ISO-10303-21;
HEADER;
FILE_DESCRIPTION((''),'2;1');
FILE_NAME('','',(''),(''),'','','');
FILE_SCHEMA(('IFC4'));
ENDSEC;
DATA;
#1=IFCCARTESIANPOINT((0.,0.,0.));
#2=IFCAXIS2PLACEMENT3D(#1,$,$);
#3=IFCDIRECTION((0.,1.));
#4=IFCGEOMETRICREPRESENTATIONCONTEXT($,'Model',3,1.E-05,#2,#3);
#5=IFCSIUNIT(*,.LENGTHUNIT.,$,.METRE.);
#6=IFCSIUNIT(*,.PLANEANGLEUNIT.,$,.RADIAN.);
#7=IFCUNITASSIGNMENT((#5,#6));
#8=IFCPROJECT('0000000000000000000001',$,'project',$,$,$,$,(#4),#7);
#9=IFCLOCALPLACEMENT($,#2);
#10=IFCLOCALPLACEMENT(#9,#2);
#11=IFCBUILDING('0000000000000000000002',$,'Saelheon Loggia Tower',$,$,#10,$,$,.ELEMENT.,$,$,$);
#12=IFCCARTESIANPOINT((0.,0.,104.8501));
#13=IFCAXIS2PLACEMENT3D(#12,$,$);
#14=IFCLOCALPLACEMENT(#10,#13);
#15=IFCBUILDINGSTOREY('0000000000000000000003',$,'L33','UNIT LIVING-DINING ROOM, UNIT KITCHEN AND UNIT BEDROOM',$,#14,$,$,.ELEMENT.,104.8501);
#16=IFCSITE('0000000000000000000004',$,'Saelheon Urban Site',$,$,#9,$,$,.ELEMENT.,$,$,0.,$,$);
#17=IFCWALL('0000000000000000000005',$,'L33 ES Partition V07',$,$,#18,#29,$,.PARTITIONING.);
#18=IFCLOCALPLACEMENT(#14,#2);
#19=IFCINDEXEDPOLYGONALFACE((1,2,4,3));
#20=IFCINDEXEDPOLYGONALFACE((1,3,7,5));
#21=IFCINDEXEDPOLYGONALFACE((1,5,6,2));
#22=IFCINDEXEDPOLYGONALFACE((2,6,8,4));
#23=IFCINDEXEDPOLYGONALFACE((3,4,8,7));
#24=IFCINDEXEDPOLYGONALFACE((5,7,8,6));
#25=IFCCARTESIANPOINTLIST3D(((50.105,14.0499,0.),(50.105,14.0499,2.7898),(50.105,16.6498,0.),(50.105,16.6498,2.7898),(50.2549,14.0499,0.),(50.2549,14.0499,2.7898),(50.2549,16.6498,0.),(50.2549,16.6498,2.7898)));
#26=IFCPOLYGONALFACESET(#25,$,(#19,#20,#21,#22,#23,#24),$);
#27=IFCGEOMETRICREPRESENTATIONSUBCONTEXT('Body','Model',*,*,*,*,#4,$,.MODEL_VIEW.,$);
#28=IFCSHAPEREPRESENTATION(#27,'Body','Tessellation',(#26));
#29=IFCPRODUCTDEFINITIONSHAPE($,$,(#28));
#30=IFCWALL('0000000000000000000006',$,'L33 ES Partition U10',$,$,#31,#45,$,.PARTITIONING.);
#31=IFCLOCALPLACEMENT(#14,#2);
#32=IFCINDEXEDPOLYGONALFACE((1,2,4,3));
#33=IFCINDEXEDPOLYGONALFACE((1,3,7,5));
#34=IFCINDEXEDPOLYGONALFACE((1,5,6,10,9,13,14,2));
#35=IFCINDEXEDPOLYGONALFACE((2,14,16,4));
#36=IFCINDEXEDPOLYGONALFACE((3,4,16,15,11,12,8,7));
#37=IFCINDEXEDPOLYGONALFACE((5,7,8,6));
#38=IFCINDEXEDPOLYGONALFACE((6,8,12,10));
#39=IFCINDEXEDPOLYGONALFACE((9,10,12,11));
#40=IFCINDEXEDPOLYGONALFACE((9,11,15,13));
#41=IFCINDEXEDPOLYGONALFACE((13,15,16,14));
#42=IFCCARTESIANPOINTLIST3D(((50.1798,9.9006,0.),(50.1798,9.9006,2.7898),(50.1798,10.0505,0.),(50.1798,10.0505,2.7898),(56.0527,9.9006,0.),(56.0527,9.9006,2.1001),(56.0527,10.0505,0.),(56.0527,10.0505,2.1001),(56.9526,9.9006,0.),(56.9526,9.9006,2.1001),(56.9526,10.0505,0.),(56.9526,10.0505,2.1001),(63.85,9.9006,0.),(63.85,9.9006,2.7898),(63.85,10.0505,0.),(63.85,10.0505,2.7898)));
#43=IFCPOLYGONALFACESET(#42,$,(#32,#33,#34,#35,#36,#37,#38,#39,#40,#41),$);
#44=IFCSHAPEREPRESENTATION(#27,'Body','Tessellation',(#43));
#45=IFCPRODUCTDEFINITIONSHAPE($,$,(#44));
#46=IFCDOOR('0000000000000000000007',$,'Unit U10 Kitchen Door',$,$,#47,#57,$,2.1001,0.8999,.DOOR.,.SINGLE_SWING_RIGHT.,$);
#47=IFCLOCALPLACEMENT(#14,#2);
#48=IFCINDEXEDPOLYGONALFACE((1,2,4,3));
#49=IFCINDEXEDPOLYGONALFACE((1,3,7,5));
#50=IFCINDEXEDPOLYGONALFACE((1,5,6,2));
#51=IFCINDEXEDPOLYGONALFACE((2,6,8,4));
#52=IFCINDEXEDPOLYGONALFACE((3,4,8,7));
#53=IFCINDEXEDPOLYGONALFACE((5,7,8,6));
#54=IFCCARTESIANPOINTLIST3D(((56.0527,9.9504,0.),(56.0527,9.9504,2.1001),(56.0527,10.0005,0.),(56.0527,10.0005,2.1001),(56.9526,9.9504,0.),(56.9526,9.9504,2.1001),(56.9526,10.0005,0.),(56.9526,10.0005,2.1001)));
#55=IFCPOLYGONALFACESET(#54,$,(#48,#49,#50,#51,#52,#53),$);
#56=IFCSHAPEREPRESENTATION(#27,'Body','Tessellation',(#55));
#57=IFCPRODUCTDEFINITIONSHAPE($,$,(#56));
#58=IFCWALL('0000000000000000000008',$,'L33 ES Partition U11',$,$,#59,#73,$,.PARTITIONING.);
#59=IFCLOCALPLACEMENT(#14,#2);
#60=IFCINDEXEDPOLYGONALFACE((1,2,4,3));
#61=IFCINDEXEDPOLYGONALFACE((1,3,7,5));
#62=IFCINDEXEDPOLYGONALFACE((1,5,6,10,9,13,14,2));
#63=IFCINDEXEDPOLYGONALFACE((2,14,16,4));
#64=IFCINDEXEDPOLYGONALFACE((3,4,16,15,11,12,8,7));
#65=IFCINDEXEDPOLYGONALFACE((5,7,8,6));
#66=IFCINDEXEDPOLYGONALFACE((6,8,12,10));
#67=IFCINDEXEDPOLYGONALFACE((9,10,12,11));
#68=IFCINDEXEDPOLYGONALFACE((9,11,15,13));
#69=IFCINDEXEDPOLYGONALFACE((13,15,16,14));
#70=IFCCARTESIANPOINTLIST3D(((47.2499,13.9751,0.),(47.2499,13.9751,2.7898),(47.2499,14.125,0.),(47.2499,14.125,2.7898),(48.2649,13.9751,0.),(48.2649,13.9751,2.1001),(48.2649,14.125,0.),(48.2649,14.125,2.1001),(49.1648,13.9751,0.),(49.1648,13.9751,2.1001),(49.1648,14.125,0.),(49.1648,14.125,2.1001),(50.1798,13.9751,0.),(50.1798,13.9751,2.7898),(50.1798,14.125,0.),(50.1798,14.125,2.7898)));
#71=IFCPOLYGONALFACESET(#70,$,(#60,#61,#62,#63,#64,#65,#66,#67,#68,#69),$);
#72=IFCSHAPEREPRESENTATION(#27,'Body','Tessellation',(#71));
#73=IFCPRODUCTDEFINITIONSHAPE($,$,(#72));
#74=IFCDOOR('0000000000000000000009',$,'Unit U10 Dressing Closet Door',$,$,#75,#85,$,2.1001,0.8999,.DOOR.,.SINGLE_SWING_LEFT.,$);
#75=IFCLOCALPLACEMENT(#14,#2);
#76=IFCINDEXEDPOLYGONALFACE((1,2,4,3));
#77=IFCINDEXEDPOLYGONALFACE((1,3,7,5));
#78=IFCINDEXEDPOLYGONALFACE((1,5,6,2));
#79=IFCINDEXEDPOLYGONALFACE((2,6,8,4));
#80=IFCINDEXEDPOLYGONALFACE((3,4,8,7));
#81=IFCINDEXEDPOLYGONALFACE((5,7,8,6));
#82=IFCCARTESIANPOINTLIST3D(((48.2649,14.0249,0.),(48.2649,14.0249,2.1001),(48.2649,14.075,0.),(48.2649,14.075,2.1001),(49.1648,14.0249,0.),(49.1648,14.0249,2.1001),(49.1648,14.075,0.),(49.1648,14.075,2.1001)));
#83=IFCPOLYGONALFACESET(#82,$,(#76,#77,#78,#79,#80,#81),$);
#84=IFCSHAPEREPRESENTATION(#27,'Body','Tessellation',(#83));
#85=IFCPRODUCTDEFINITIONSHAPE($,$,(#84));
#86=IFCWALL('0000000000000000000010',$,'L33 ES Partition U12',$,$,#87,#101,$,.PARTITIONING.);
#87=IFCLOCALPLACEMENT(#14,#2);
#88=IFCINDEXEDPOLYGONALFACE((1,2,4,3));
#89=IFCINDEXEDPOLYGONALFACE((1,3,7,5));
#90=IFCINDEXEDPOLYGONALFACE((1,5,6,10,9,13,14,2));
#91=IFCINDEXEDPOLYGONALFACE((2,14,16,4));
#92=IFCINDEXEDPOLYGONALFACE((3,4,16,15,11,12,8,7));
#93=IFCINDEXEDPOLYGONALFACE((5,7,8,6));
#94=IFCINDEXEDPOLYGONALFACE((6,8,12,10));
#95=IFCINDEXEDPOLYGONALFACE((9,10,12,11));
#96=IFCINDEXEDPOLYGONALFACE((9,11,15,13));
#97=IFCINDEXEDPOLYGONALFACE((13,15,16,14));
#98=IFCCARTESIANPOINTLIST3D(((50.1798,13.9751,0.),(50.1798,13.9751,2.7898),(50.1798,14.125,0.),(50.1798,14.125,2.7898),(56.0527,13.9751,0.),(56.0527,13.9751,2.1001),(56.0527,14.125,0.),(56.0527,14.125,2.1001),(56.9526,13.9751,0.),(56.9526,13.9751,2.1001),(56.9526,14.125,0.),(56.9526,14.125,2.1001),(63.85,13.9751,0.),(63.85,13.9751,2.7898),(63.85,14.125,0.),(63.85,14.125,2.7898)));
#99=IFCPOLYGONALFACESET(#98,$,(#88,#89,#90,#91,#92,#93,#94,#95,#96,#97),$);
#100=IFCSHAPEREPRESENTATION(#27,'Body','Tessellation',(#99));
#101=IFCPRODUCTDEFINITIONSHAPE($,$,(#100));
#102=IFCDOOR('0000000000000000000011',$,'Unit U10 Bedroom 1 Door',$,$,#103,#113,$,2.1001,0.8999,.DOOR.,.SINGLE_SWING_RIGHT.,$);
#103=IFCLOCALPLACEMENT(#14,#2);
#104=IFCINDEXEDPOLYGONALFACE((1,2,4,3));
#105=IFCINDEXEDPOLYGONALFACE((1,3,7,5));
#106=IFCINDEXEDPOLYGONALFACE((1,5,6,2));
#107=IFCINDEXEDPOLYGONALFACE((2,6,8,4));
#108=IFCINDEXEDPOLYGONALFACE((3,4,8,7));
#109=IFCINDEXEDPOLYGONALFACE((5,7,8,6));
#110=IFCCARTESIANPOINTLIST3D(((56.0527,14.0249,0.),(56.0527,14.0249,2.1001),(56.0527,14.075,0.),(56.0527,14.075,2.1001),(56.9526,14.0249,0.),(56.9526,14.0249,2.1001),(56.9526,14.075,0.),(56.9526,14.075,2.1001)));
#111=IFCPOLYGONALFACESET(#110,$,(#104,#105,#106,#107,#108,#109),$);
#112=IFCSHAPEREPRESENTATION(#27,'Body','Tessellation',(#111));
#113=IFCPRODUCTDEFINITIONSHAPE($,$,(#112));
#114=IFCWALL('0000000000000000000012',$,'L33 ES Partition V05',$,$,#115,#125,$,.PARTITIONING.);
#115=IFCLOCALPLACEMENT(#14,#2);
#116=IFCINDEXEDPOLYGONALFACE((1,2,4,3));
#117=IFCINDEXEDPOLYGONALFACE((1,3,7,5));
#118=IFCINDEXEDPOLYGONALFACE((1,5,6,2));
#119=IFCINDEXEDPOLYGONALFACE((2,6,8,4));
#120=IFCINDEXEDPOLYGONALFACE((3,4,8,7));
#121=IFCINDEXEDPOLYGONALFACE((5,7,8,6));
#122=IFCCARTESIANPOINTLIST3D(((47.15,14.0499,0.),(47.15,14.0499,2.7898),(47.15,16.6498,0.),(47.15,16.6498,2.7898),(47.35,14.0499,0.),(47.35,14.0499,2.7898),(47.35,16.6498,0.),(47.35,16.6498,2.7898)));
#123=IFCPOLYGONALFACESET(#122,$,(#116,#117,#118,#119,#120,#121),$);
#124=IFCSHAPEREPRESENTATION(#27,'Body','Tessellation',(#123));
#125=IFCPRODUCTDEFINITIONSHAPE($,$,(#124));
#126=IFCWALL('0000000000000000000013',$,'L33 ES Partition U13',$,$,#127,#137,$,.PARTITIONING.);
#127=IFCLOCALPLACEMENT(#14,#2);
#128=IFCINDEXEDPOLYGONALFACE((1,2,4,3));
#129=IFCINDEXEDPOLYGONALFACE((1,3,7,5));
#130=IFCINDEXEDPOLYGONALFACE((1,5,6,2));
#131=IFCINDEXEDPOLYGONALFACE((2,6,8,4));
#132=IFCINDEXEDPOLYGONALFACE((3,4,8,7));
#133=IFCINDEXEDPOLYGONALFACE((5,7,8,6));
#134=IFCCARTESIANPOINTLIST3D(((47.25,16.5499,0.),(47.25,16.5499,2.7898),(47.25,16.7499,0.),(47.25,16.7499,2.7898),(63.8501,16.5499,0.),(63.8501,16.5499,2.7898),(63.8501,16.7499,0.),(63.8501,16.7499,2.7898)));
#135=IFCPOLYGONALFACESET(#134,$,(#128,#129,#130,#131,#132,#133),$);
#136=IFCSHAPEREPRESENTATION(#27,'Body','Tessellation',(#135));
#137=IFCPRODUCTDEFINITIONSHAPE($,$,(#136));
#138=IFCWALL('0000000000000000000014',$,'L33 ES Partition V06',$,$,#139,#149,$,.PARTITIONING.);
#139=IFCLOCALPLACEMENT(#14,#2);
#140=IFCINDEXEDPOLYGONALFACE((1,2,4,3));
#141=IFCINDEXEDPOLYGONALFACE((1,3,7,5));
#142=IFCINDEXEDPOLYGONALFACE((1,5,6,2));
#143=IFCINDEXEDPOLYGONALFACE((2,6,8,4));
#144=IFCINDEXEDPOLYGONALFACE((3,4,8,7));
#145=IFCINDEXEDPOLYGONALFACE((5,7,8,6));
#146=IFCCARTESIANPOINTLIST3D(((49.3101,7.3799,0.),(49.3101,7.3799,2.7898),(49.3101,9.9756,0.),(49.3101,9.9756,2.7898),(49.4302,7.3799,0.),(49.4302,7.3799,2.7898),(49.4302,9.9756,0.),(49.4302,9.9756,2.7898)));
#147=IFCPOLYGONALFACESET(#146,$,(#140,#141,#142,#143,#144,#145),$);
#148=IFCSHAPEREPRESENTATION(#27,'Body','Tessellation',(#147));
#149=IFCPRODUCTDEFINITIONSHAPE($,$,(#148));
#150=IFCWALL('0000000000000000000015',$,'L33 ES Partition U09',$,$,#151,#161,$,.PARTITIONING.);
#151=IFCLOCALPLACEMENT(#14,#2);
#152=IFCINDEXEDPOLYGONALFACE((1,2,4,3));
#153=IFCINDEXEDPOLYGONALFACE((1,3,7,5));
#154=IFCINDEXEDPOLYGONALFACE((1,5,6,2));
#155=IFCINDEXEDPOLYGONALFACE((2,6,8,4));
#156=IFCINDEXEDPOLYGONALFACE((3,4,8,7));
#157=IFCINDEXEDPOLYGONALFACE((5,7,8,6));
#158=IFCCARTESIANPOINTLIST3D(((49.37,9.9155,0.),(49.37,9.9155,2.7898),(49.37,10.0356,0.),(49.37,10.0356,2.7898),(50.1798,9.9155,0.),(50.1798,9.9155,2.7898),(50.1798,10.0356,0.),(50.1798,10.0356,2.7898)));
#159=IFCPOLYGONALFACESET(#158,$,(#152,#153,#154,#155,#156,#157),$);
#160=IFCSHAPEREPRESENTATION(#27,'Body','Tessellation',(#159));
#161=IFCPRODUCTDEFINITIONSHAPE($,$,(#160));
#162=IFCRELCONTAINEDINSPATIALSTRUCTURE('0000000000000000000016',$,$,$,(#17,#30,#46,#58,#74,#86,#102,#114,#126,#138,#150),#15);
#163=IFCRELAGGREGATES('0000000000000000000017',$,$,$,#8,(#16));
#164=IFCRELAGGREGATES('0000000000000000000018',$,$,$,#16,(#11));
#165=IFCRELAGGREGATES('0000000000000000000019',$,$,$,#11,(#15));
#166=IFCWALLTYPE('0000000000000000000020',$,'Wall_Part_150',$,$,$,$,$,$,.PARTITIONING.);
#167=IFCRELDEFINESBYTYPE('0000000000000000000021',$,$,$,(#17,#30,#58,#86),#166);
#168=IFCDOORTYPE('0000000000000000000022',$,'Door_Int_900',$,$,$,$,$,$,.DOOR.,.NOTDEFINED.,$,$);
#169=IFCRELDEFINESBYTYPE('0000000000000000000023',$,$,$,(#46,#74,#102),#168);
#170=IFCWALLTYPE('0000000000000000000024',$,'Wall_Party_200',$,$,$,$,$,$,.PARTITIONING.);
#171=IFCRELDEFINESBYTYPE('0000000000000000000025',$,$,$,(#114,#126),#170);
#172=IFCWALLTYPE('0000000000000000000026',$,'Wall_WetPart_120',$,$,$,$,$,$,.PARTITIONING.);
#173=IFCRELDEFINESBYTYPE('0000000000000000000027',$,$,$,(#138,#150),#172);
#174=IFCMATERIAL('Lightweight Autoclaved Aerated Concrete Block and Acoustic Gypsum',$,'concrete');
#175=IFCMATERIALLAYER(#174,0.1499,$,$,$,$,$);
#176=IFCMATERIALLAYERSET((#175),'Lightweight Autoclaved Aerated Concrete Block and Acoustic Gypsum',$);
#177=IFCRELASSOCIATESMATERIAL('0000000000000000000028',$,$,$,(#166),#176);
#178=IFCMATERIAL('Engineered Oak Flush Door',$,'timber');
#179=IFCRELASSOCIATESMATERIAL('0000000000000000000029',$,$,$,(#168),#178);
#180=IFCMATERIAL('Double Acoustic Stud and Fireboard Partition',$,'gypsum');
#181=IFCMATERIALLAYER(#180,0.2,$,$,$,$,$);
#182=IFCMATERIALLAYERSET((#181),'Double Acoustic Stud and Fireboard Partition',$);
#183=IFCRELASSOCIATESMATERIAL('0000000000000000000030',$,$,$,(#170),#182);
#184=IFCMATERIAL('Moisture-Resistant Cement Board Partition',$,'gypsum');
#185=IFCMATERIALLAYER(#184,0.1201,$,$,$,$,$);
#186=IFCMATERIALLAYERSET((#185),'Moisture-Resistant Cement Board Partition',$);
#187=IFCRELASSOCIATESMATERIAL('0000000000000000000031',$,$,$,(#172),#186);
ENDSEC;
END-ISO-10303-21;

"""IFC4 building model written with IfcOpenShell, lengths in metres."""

from ifc_helpers import new_model, si_unit, direction, frame, frame_2d, origin, place, context, subcontext, project, spatial, rectangle, extrude, source, transform, mapped, material, layer, layer_set, type_object, element, fill, save


model = new_model("IFC4")

# Units and contexts
model_context = context("Model", 3, precision=1e-05, world=origin(), true_north=direction((0.0, 1.0)))
body_context = subcontext(model_context, "Body", "Model", "MODEL_VIEW")
ifc_project = project(units=[si_unit("LENGTHUNIT", "METRE"), si_unit("PLANEANGLEUNIT", "RADIAN")], contexts=[model_context])

# Site, building, storey
site_placement = place(None, origin())
site = spatial("IfcSite", under=ifc_project, at=site_placement, Name="Saelheon Urban Site", CompositionType="ELEMENT", RefElevation=0.0)
building_placement = place(site_placement, origin())
building = spatial("IfcBuilding", under=site, at=building_placement, Name="Saelheon Loggia Tower", CompositionType="ELEMENT")
storey_placement = place(building_placement, frame((0.0, 0.0, 104.8501)))
storey = spatial("IfcBuildingStorey", under=building, at=storey_placement, Name="L33", Description="UNIT LIVING-DINING ROOM, UNIT KITCHEN AND UNIT BEDROOM", CompositionType="ELEMENT", Elevation=104.8501)

# Wall
ifc_material_1 = material(Name="Lightweight Autoclaved Aerated Concrete Block and Acoustic Gypsum", Category="concrete")
ifc_layer_1 = layer(ifc_material_1, 0.1499)
ifc_layer_set_1 = layer_set([ifc_layer_1], Name="Lightweight Autoclaved Aerated Concrete Block and Acoustic Gypsum")
wall_type_1 = type_object("IfcWallType", Name="Wall_Part_150", PredefinedType="PARTITIONING", material=ifc_layer_set_1)
wall_1_placement = place(storey_placement, frame((50.1799, 14.05, 0.0), z_axis=(0.0, 0.0, 1.0), x_axis=(0.0, 1.0, 0.0)))
element("IfcWall", 1, at=wall_1_placement, inside=storey, type_object=wall_type_1, Name="L33 ES Partition V07", PredefinedType="PARTITIONING", context=body_context, shape_type="SweptSolid", body=[
    extrude(rectangle(XDim=2.5999, YDim=0.1499, at=frame_2d((1.2998, 0.0))), origin(), (0.0, 0.0, 1.0), 2.7898),
])

# Walls, openings, doors
wall_2_placement = place(storey_placement, frame((50.1799, 9.9756, 0.0), z_axis=(0.0, 0.0, 1.0), x_axis=(1.0, 0.0, 0.0)))
wall_2 = element("IfcWall", 2, at=wall_2_placement, inside=storey, type_object=wall_type_1, Name="L33 ES Partition U10", PredefinedType="PARTITIONING", context=body_context, shape_type="SweptSolid", body=[
    extrude(rectangle(XDim=13.6702, YDim=0.1499, at=frame_2d((6.835, 0.0))), origin(), (0.0, 0.0, 1.0), 2.7898),
])
opening_1_placement = place(wall_2_placement, frame((5.8728, 0.0, 0.0)))
opening_1 = element("IfcOpeningElement", 3, at=opening_1_placement, cuts=wall_2, PredefinedType="OPENING", context=body_context, shape_type="SweptSolid", body=[
    extrude(rectangle(XDim=0.8999, YDim=2.1001, at=frame_2d((0.45, 1.05))), frame((0.0, 0.0869, 0.0), z_axis=(0.0, -1.0, 0.0), x_axis=(1.0, 0.0, 0.0)), (0.0, 0.0, 1.0), 0.1738),
])
ifc_material_2 = material(Name="Engineered Oak Flush Door", Category="timber")
door_type = type_object("IfcDoorType", Name="Door_Int_900", OperationType="NOTDEFINED", PredefinedType="DOOR", material=ifc_material_2)
shared_shape = source(origin(), body_context, "Body", "SweptSolid", [
    extrude(rectangle(XDim=0.8999, YDim=2.1001, at=frame_2d((0.45, 1.05))), frame((0.0, 0.0249, 0.0), z_axis=(0.0, -1.0, 0.0), x_axis=(1.0, 0.0, 0.0)), (0.0, 0.0, 1.0), 0.05),
])
door_1_placement = place(opening_1_placement, origin())
door_1 = element("IfcDoor", 4, at=door_1_placement, inside=storey, type_object=door_type, Name="Unit U10 Kitchen Door", OperationType="SINGLE_SWING_RIGHT", OverallHeight=2.1001, OverallWidth=0.8999, PredefinedType="DOOR", context=body_context, shape_type="MappedRepresentation", body=[
    mapped(shared_shape, transform((0.0, 0.0, 0.0), scale=1.0)),
])
fill(opening_1, door_1)
wall_3_placement = place(storey_placement, frame((47.25, 14.05, 0.0), z_axis=(0.0, 0.0, 1.0), x_axis=(1.0, 0.0, 0.0)))
wall_3 = element("IfcWall", 5, at=wall_3_placement, inside=storey, type_object=wall_type_1, Name="L33 ES Partition U11", PredefinedType="PARTITIONING", context=body_context, shape_type="SweptSolid", body=[
    extrude(rectangle(XDim=2.9299, YDim=0.1499, at=frame_2d((1.4648, 0.0))), origin(), (0.0, 0.0, 1.0), 2.7898),
])
opening_2_placement = place(wall_3_placement, frame((1.0149, 0.0, 0.0)))
opening_2 = element("IfcOpeningElement", 6, at=opening_2_placement, cuts=wall_3, PredefinedType="OPENING", context=body_context, shape_type="SweptSolid", body=[
    extrude(rectangle(XDim=0.8999, YDim=2.1001, at=frame_2d((0.45, 1.05))), frame((0.0, 0.0869, 0.0), z_axis=(0.0, -1.0, 0.0), x_axis=(1.0, 0.0, 0.0)), (0.0, 0.0, 1.0), 0.1738),
])
door_2_placement = place(opening_2_placement, origin())
door_2 = element("IfcDoor", 7, at=door_2_placement, inside=storey, type_object=door_type, Name="Unit U10 Dressing Closet Door", OperationType="SINGLE_SWING_LEFT", OverallHeight=2.1001, OverallWidth=0.8999, PredefinedType="DOOR", context=body_context, shape_type="MappedRepresentation", body=[
    mapped(shared_shape, transform((0.0, 0.0, 0.0), scale=1.0)),
])
fill(opening_2, door_2)
wall_4_placement = place(storey_placement, frame((50.1799, 14.05, 0.0), z_axis=(0.0, 0.0, 1.0), x_axis=(1.0, 0.0, 0.0)))
wall_4 = element("IfcWall", 8, at=wall_4_placement, inside=storey, type_object=wall_type_1, Name="L33 ES Partition U12", PredefinedType="PARTITIONING", context=body_context, shape_type="SweptSolid", body=[
    extrude(rectangle(XDim=13.6702, YDim=0.1499, at=frame_2d((6.835, 0.0))), origin(), (0.0, 0.0, 1.0), 2.7898),
])
opening_3_placement = place(wall_4_placement, frame((5.8728, 0.0, 0.0)))
opening_3 = element("IfcOpeningElement", 9, at=opening_3_placement, cuts=wall_4, PredefinedType="OPENING", context=body_context, shape_type="SweptSolid", body=[
    extrude(rectangle(XDim=0.8999, YDim=2.1001, at=frame_2d((0.45, 1.05))), frame((0.0, 0.0869, 0.0), z_axis=(0.0, -1.0, 0.0), x_axis=(1.0, 0.0, 0.0)), (0.0, 0.0, 1.0), 0.1738),
])
door_3_placement = place(opening_3_placement, origin())
door_3 = element("IfcDoor", 10, at=door_3_placement, inside=storey, type_object=door_type, Name="Unit U10 Bedroom 1 Door", OperationType="SINGLE_SWING_RIGHT", OverallHeight=2.1001, OverallWidth=0.8999, PredefinedType="DOOR", context=body_context, shape_type="MappedRepresentation", body=[
    mapped(shared_shape, transform((0.0, 0.0, 0.0), scale=1.0)),
])
fill(opening_3, door_3)

# Walls
ifc_material_3 = material(Name="Double Acoustic Stud and Fireboard Partition", Category="gypsum")
ifc_layer_2 = layer(ifc_material_3, 0.2)
ifc_layer_set_2 = layer_set([ifc_layer_2], Name="Double Acoustic Stud and Fireboard Partition")
wall_type_2 = type_object("IfcWallType", Name="Wall_Party_200", PredefinedType="PARTITIONING", material=ifc_layer_set_2)
wall_5_placement = place(storey_placement, frame((47.25, 14.05, 0.0), z_axis=(0.0, 0.0, 1.0), x_axis=(0.0, 1.0, 0.0)))
element("IfcWall", 11, at=wall_5_placement, inside=storey, type_object=wall_type_2, Name="L33 ES Partition V05", PredefinedType="PARTITIONING", context=body_context, shape_type="SweptSolid", body=[
    extrude(rectangle(XDim=2.5999, YDim=0.2, at=frame_2d((1.2998, 0.0))), origin(), (0.0, 0.0, 1.0), 2.7898),
])
wall_6_placement = place(storey_placement, frame((47.25, 16.6499, 0.0), z_axis=(0.0, 0.0, 1.0), x_axis=(1.0, 0.0, 0.0)))
element("IfcWall", 12, at=wall_6_placement, inside=storey, type_object=wall_type_2, Name="L33 ES Partition U13", PredefinedType="PARTITIONING", context=body_context, shape_type="SweptSolid", body=[
    extrude(rectangle(XDim=16.6001, YDim=0.2, at=frame_2d((8.3, 0.0))), origin(), (0.0, 0.0, 1.0), 2.7898),
])
ifc_material_4 = material(Name="Moisture-Resistant Cement Board Partition", Category="gypsum")
ifc_layer_3 = layer(ifc_material_4, 0.1201)
ifc_layer_set_3 = layer_set([ifc_layer_3], Name="Moisture-Resistant Cement Board Partition")
wall_type_3 = type_object("IfcWallType", Name="Wall_WetPart_120", PredefinedType="PARTITIONING", material=ifc_layer_set_3)
wall_7_placement = place(storey_placement, frame((49.3701, 7.3799, 0.0), z_axis=(0.0, 0.0, 1.0), x_axis=(0.0, 1.0, 0.0)))
element("IfcWall", 13, at=wall_7_placement, inside=storey, type_object=wall_type_3, Name="L33 ES Partition V06", PredefinedType="PARTITIONING", context=body_context, shape_type="SweptSolid", body=[
    extrude(rectangle(XDim=2.5957, YDim=0.1201, at=frame_2d((1.2979, 0.0))), origin(), (0.0, 0.0, 1.0), 2.7898),
])
wall_8_placement = place(storey_placement, frame((49.3701, 9.9756, 0.0), z_axis=(0.0, 0.0, 1.0), x_axis=(1.0, 0.0, 0.0)))
element("IfcWall", 14, at=wall_8_placement, inside=storey, type_object=wall_type_3, Name="L33 ES Partition U09", PredefinedType="PARTITIONING", context=body_context, shape_type="SweptSolid", body=[
    extrude(rectangle(XDim=0.8098, YDim=0.1201, at=frame_2d((0.4048, 0.0))), origin(), (0.0, 0.0, 1.0), 2.7898),
])

save(model, "model.ifc")
